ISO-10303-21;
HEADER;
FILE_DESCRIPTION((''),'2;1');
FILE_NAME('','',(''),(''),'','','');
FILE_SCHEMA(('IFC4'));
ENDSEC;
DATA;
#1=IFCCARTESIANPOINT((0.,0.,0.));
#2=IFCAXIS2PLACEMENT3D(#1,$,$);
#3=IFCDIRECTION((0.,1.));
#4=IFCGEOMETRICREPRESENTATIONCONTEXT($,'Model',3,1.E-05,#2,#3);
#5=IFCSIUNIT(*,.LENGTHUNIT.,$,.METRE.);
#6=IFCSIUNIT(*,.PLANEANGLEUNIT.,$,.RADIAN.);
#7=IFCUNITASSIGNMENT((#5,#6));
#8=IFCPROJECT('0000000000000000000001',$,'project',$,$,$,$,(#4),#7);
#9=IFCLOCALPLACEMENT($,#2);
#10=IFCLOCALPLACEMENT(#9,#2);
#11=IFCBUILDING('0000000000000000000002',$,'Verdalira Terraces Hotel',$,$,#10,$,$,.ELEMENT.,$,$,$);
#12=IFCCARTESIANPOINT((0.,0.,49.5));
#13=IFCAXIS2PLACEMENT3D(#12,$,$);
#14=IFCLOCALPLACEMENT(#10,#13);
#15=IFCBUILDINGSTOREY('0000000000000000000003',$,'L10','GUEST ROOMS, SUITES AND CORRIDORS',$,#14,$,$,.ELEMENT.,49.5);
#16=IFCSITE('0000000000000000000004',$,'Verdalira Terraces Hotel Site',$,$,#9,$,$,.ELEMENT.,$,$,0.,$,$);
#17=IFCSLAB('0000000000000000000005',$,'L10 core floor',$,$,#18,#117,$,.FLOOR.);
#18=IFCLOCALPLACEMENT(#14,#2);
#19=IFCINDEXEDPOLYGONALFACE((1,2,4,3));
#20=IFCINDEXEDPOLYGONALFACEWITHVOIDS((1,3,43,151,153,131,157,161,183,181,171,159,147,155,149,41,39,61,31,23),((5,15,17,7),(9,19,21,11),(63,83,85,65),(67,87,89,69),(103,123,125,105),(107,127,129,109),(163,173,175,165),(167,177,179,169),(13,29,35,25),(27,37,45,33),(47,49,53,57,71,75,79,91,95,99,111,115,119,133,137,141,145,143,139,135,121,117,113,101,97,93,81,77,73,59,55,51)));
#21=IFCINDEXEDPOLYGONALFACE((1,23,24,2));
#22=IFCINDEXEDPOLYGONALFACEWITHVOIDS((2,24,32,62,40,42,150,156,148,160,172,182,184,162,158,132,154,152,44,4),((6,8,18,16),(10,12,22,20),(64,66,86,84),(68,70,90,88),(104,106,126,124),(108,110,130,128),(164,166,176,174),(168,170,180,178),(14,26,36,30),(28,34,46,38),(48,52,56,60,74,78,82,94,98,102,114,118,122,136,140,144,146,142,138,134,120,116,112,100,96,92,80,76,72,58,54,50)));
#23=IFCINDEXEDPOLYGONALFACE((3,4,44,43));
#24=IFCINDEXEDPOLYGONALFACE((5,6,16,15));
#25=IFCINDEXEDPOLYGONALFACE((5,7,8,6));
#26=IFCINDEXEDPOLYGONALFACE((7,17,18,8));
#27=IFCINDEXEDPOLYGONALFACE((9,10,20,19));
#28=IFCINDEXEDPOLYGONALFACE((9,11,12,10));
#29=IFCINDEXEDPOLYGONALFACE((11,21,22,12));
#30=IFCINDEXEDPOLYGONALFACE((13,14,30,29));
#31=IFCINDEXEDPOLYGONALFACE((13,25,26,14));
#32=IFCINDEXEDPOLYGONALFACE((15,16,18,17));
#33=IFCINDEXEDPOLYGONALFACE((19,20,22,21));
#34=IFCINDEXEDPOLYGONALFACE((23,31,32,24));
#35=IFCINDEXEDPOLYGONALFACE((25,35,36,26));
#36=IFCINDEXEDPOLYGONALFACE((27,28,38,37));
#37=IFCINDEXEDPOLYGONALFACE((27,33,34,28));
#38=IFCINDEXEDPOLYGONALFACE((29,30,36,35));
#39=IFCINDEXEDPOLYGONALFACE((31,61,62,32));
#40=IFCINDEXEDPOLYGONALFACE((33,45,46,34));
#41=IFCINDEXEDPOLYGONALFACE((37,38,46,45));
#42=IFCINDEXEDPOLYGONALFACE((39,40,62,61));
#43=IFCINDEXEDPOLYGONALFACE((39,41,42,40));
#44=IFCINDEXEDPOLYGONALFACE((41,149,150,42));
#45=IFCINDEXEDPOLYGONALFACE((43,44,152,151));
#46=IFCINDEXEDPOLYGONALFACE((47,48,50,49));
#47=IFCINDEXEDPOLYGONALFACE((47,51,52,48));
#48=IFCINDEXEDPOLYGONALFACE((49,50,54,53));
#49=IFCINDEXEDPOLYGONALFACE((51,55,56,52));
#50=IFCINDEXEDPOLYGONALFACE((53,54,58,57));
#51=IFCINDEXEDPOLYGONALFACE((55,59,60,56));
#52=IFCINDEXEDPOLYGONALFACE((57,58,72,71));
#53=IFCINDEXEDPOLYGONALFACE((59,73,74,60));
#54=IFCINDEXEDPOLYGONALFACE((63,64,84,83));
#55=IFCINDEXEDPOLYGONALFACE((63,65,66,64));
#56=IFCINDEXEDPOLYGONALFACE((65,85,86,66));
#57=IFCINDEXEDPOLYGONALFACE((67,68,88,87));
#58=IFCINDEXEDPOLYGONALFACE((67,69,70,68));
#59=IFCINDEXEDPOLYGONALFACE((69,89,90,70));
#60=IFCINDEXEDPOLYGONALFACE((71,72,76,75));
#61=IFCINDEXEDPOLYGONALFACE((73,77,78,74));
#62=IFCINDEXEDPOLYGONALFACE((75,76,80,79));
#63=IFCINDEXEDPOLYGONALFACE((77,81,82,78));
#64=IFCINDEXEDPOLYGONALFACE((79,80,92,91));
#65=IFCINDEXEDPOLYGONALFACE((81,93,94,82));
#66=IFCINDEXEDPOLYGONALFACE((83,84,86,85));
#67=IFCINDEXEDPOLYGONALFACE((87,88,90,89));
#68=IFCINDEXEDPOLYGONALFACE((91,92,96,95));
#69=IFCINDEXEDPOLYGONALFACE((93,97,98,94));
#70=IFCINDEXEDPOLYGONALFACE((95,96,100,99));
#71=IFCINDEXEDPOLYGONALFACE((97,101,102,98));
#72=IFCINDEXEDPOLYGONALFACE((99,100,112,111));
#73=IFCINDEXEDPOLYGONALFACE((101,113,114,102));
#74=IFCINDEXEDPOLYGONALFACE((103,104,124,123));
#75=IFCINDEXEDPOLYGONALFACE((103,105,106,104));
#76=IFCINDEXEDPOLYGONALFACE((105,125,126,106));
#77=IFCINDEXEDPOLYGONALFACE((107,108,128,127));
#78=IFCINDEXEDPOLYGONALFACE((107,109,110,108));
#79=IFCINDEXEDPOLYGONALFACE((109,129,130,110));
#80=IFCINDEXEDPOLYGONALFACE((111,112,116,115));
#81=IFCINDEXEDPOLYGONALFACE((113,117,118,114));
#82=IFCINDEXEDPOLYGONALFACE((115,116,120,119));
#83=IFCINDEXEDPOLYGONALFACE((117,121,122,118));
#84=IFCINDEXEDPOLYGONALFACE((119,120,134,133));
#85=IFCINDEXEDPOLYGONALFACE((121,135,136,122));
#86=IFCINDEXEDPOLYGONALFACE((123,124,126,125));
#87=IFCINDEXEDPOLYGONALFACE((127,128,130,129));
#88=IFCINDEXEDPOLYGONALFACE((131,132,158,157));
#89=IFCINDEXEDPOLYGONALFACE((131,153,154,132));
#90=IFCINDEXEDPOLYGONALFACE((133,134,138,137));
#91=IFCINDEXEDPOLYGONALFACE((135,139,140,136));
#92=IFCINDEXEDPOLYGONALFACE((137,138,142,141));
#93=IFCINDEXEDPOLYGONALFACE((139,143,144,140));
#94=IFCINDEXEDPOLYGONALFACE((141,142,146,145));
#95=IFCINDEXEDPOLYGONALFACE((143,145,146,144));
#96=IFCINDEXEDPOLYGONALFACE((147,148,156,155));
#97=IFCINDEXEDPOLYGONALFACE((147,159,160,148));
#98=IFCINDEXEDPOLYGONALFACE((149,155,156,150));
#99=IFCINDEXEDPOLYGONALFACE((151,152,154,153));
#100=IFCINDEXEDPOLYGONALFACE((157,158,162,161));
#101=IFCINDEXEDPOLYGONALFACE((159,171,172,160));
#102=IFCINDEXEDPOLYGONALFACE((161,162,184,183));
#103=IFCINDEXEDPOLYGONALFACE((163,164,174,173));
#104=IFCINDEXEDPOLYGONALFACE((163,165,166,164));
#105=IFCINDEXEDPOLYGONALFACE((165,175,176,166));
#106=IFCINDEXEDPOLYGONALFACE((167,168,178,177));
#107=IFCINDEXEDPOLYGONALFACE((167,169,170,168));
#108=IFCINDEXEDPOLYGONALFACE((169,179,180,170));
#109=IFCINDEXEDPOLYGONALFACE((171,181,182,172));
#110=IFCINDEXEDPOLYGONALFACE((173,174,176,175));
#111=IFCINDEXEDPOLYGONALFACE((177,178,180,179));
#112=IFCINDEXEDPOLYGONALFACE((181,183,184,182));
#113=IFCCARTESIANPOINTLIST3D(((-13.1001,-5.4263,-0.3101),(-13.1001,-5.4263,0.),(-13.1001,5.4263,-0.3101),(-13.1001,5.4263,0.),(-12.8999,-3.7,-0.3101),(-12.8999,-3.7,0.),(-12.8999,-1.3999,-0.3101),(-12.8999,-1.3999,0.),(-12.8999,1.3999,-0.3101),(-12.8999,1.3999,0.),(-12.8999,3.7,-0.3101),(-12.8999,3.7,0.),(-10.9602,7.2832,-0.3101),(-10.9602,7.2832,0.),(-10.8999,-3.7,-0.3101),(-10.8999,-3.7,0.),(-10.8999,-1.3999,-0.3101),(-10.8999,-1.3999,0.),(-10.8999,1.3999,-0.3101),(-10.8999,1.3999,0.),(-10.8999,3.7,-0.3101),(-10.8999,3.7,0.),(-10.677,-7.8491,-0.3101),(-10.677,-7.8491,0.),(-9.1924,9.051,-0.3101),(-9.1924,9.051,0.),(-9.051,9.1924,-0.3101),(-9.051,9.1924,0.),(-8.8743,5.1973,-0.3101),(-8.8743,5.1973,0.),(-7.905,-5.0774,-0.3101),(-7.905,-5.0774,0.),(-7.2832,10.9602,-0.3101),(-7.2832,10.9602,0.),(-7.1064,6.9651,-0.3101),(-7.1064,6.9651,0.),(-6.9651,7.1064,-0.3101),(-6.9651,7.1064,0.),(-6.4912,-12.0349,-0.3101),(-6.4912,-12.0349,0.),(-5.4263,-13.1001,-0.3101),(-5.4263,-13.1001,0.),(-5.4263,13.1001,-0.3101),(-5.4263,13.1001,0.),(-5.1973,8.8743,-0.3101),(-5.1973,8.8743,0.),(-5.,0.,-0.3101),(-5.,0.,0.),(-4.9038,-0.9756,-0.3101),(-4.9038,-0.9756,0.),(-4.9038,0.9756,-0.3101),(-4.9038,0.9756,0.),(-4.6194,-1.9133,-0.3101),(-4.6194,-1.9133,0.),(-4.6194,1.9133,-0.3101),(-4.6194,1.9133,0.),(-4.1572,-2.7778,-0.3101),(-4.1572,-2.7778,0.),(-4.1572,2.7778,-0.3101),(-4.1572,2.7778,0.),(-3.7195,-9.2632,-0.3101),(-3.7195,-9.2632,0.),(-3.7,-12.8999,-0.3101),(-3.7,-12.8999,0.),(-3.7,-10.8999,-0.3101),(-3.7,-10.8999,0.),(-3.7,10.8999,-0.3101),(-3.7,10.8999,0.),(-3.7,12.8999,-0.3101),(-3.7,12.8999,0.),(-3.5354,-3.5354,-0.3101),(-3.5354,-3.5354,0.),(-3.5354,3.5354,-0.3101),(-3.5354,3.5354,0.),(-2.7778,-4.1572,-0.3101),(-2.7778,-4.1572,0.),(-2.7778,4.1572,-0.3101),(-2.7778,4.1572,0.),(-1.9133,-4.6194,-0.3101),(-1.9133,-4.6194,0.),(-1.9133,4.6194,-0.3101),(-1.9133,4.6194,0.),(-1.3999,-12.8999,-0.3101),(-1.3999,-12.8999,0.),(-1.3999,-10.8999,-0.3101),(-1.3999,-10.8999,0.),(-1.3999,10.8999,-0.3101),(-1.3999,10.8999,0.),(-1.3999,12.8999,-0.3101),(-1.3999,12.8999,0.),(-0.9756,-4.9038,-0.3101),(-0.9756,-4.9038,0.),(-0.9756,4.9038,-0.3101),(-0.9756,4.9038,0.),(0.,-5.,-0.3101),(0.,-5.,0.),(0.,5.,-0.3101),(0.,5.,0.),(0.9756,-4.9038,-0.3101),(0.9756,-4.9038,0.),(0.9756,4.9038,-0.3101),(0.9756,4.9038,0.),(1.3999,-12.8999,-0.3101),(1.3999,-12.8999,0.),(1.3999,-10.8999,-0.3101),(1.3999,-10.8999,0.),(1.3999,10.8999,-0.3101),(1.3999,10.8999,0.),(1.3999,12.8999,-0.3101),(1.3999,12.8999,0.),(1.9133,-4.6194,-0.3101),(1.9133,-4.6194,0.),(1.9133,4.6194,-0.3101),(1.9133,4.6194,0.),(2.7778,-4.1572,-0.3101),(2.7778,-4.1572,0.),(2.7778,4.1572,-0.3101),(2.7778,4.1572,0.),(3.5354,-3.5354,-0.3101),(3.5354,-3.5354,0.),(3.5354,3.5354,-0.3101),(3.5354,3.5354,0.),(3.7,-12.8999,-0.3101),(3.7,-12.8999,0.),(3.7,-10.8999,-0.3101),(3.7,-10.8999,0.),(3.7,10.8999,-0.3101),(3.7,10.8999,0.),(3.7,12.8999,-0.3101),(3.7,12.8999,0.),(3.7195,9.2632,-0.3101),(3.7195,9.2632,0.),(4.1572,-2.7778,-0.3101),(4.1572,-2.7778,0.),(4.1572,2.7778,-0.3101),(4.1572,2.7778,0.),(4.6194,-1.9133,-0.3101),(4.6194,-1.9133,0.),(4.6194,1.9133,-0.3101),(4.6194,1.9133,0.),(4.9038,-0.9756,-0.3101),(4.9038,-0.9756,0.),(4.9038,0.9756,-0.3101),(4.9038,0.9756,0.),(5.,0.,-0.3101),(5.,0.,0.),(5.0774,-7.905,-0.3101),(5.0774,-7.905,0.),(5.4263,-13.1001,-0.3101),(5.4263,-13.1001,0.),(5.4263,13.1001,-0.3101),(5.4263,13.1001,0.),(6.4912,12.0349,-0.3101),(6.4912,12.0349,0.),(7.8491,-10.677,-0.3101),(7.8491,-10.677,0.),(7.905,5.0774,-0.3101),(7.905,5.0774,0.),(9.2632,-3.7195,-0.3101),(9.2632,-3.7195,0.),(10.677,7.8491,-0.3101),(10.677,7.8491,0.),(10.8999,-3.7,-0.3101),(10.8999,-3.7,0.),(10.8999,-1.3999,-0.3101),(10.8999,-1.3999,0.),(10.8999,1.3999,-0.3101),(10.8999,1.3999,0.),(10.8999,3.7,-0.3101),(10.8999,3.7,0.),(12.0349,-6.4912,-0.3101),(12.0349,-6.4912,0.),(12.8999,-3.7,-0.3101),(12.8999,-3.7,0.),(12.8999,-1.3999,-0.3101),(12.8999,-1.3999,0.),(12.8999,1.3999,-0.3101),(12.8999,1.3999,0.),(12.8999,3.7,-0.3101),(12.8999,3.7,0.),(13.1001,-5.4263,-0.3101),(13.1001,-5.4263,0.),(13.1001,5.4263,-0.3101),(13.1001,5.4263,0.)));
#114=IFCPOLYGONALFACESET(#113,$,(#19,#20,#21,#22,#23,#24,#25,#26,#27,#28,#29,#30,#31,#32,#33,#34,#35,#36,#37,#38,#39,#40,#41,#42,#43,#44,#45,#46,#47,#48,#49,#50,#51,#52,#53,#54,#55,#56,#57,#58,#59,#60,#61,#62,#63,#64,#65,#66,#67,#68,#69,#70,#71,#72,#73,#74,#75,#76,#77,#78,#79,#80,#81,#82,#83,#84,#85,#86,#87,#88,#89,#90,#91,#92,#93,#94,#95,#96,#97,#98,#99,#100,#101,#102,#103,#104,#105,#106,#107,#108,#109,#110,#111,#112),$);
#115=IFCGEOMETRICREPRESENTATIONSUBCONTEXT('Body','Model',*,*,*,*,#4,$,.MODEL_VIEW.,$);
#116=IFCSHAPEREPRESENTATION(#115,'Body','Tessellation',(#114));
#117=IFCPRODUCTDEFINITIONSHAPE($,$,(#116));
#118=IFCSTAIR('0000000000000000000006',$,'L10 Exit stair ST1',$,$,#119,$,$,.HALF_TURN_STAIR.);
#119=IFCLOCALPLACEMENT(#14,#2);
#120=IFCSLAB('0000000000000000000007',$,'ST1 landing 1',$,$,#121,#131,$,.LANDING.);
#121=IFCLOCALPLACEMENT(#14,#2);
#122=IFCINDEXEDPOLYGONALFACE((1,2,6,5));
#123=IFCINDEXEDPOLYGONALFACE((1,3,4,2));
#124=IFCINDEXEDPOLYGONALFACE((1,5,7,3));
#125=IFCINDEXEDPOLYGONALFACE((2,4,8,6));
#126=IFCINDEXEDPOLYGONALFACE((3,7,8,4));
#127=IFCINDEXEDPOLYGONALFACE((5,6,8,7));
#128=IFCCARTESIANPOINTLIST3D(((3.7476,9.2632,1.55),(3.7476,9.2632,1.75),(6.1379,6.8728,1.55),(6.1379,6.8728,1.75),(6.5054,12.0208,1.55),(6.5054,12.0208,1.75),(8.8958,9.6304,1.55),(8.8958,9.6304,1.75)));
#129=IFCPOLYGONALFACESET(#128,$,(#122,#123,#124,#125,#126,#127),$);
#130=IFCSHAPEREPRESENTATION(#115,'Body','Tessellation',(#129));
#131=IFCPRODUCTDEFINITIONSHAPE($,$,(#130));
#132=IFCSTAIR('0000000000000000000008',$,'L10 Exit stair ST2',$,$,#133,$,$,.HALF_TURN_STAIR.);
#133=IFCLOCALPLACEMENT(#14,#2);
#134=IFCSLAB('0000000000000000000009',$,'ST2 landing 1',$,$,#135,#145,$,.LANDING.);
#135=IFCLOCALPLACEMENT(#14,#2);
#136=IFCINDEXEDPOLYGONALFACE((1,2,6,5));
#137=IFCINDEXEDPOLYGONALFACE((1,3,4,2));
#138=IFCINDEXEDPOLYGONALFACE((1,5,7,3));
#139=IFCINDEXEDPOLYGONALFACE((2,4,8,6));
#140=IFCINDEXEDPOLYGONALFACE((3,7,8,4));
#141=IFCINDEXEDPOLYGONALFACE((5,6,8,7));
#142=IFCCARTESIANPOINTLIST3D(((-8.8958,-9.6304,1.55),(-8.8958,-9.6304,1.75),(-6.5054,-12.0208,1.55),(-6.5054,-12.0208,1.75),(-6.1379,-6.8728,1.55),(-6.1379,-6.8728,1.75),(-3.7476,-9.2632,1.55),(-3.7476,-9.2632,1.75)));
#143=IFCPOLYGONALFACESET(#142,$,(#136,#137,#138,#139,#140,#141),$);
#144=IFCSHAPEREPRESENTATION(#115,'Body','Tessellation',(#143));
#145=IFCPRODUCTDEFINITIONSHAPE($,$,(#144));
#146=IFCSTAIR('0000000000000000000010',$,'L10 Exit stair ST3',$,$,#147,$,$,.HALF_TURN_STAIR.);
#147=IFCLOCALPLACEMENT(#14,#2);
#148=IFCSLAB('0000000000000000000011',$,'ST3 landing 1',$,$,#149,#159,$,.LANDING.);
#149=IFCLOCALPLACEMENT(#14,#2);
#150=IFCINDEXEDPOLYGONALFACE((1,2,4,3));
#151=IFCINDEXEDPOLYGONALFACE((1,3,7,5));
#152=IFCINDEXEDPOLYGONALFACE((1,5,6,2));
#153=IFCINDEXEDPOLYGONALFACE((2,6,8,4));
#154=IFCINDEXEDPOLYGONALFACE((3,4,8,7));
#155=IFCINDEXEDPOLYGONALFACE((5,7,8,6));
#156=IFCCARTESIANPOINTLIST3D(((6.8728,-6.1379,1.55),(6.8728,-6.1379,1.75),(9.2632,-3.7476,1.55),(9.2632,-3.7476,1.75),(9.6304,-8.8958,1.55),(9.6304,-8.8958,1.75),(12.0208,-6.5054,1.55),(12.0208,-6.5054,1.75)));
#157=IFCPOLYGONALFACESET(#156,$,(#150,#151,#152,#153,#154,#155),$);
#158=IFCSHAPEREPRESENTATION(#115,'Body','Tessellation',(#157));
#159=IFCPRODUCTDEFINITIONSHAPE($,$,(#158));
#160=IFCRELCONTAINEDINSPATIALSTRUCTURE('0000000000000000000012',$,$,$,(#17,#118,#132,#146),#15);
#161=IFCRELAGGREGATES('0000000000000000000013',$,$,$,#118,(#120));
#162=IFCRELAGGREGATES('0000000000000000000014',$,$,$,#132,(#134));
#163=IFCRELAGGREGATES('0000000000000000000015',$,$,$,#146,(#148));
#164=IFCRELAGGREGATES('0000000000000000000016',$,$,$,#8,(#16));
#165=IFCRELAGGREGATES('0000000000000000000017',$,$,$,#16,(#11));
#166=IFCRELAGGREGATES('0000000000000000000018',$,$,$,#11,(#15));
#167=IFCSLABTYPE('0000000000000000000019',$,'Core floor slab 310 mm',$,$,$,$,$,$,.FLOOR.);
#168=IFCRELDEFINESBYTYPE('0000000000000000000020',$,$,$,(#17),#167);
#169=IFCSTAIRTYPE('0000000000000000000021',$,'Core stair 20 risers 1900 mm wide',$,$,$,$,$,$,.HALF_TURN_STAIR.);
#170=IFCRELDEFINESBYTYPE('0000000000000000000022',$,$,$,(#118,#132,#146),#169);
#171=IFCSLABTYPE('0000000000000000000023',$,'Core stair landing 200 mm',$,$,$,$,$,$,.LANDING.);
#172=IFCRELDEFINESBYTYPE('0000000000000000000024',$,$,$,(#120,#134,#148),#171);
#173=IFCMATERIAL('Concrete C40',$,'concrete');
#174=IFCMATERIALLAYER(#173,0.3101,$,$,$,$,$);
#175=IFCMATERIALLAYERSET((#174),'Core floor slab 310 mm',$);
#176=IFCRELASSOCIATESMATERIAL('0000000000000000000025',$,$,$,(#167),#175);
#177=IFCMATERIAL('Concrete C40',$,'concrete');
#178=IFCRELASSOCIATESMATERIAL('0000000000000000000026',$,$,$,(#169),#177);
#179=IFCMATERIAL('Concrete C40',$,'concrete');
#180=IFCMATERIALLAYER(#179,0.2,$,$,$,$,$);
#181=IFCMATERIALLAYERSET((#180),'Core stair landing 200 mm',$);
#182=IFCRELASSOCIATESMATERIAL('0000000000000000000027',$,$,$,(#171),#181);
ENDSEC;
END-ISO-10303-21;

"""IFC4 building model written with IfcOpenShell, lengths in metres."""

from ifc_helpers import new_model, si_unit, direction, frame, origin, place, context, subcontext, project, spatial, polyline, outline, extrude, material, layer, layer_set, type_object, element, aggregate, save


model = new_model("IFC4")

# Units and contexts
model_context = context("Model", 3, precision=1e-05, world=origin(), true_north=direction((0.0, 1.0)))
body_context = subcontext(model_context, "Body", "Model", "MODEL_VIEW")
ifc_project = project(units=[si_unit("LENGTHUNIT", "METRE"), si_unit("PLANEANGLEUNIT", "RADIAN")], contexts=[model_context])

# Site, building, storey
site_placement = place(None, origin())
site = spatial("IfcSite", under=ifc_project, at=site_placement, Name="Verdalira Terraces Hotel Site", CompositionType="ELEMENT", RefElevation=0.0)
building_placement = place(site_placement, origin())
building = spatial("IfcBuilding", under=site, at=building_placement, Name="Verdalira Terraces Hotel", CompositionType="ELEMENT")
storey_placement = place(building_placement, frame((0.0, 0.0, 49.5)))
storey = spatial("IfcBuildingStorey", under=building, at=storey_placement, Name="L10", Description="GUEST ROOMS, SUITES AND CORRIDORS", CompositionType="ELEMENT", Elevation=49.5)

# Slab
ifc_material_1 = material(Name="Concrete C40", Category="concrete")
ifc_layer_1 = layer(ifc_material_1, 0.3101)
ifc_layer_set_1 = layer_set([ifc_layer_1], Name="Core floor slab 310 mm")
slab_type_1 = type_object("IfcSlabType", Name="Core floor slab 310 mm", PredefinedType="FLOOR", material=ifc_layer_set_1)
slab_1_placement = place(storey_placement, frame((0.0, 0.0, -0.3101)))
element("IfcSlab", 1, at=slab_1_placement, inside=storey, type_object=slab_type_1, Name="L10 core floor", PredefinedType="FLOOR", context=body_context, shape_type="SweptSolid", body=[
    extrude(outline(polyline([(-5.4263, 13.1001), (5.4263, 13.1001), (6.4912, 12.0349), (3.7195, 9.2632), (7.905, 5.0774), (10.677, 7.8491), (13.1001, 5.4263), (13.1001, -5.4263), (12.0349, -6.4912), (9.2632, -3.7195), (5.0774, -7.905), (7.8491, -10.677), (5.4263, -13.1001), (-5.4263, -13.1001), (-6.4912, -12.0349), (-3.7195, -9.2632), (-7.905, -5.0774), (-10.677, -7.8491), (-13.1001, -5.4263), (-13.1001, 5.4263), (-5.4263, 13.1001)]), holes=[polyline([(12.8999, -3.7), (12.8999, -1.3999), (10.8999, -1.3999), (10.8999, -3.7), (12.8999, -3.7)]), polyline([(12.8999, 1.3999), (12.8999, 3.7), (10.8999, 3.7), (10.8999, 1.3999), (12.8999, 1.3999)]), polyline([(1.3999, 10.8999), (3.7, 10.8999), (3.7, 12.8999), (1.3999, 12.8999), (1.3999, 10.8999)]), polyline([(-3.7, 10.8999), (-1.3999, 10.8999), (-1.3999, 12.8999), (-3.7, 12.8999), (-3.7, 10.8999)]), polyline([(-12.8999, 3.7), (-12.8999, 1.3999), (-10.8999, 1.3999), (-10.8999, 3.7), (-12.8999, 3.7)]), polyline([(-12.8999, -1.3999), (-12.8999, -3.7), (-10.8999, -3.7), (-10.8999, -1.3999), (-12.8999, -1.3999)]), polyline([(-1.3999, -10.8999), (-3.7, -10.8999), (-3.7, -12.8999), (-1.3999, -12.8999), (-1.3999, -10.8999)]), polyline([(3.7, -10.8999), (1.3999, -10.8999), (1.3999, -12.8999), (3.7, -12.8999), (3.7, -10.8999)]), polyline([(-9.051, 9.1924), (-6.9651, 7.1064), (-5.1973, 8.8743), (-7.2832, 10.9602), (-9.051, 9.1924)]), polyline([(-9.1924, 9.051), (-10.9602, 7.2832), (-8.8743, 5.1973), (-7.1064, 6.9651), (-9.1924, 9.051)]), polyline([(3.5354, 3.5354), (2.7778, 4.1572), (1.9133, 4.6194), (0.9756, 4.9038), (0.0, 5.0), (-0.9756, 4.9038), (-1.9133, 4.6194), (-2.7778, 4.1572), (-3.5354, 3.5354), (-4.1572, 2.7778), (-4.6194, 1.9133), (-4.9038, 0.9756), (-5.0, 0.0), (-4.9038, -0.9756), (-4.6194, -1.9133), (-4.1572, -2.7778), (-3.5354, -3.5354), (-2.7778, -4.1572), (-1.9133, -4.6194), (-0.9756, -4.9038), (0.0, -5.0), (0.9756, -4.9038), (1.9133, -4.6194), (2.7778, -4.1572), (3.5354, -3.5354), (4.1572, -2.7778), (4.6194, -1.9133), (4.9038, -0.9756), (5.0, 0.0), (4.9038, 0.9756), (4.6194, 1.9133), (4.1572, 2.7778), (3.5354, 3.5354)])]), origin(), (0.0, 0.0, 1.0), 0.3101),
])

# Stairs, slabs
ifc_material_2 = material(Name="Concrete C40", Category="concrete")
stair_type = type_object("IfcStairType", Name="Core stair 20 risers 1900 mm wide", PredefinedType="HALF_TURN_STAIR", material=ifc_material_2)
stair_1_placement = place(storey_placement, origin())
stair_1 = element("IfcStair", 2, at=stair_1_placement, inside=storey, type_object=stair_type, Name="L10 Exit stair ST1", PredefinedType="HALF_TURN_STAIR")
ifc_material_3 = material(Name="Concrete C40", Category="concrete")
ifc_layer_2 = layer(ifc_material_3, 0.2)
ifc_layer_set_2 = layer_set([ifc_layer_2], Name="Core stair landing 200 mm")
slab_type_2 = type_object("IfcSlabType", Name="Core stair landing 200 mm", PredefinedType="LANDING", material=ifc_layer_set_2)
slab_2_placement = place(storey_placement, frame((0.0, 0.0, 1.55)))
slab_2 = element("IfcSlab", 3, at=slab_2_placement, type_object=slab_type_2, Name="ST1 landing 1", PredefinedType="LANDING", context=body_context, shape_type="SweptSolid", body=[
    extrude(outline(polyline([(8.8958, 9.6304), (6.5054, 12.0208), (3.7476, 9.2632), (6.1379, 6.8728), (8.8958, 9.6304)])), origin(), (0.0, 0.0, 1.0), 0.2),
])
aggregate(stair_1, [slab_2])
stair_2_placement = place(storey_placement, origin())
stair_2 = element("IfcStair", 4, at=stair_2_placement, inside=storey, type_object=stair_type, Name="L10 Exit stair ST2", PredefinedType="HALF_TURN_STAIR")
slab_3_placement = place(storey_placement, frame((0.0, 0.0, 1.55)))
slab_3 = element("IfcSlab", 5, at=slab_3_placement, type_object=slab_type_2, Name="ST2 landing 1", PredefinedType="LANDING", context=body_context, shape_type="SweptSolid", body=[
    extrude(outline(polyline([(-8.8958, -9.6304), (-6.5054, -12.0208), (-3.7476, -9.2632), (-6.1379, -6.8728), (-8.8958, -9.6304)])), origin(), (0.0, 0.0, 1.0), 0.2),
])
aggregate(stair_2, [slab_3])
stair_3_placement = place(storey_placement, origin())
stair_3 = element("IfcStair", 6, at=stair_3_placement, inside=storey, type_object=stair_type, Name="L10 Exit stair ST3", PredefinedType="HALF_TURN_STAIR")
slab_4_placement = place(storey_placement, frame((0.0, 0.0, 1.55)))
slab_4 = element("IfcSlab", 7, at=slab_4_placement, type_object=slab_type_2, Name="ST3 landing 1", PredefinedType="LANDING", context=body_context, shape_type="SweptSolid", body=[
    extrude(outline(polyline([(9.6304, -8.8958), (12.0208, -6.5054), (9.2632, -3.7476), (6.8728, -6.1379), (9.6304, -8.8958)])), origin(), (0.0, 0.0, 1.0), 0.2),
])
aggregate(stair_3, [slab_4])

save(model, "model.ifc")
